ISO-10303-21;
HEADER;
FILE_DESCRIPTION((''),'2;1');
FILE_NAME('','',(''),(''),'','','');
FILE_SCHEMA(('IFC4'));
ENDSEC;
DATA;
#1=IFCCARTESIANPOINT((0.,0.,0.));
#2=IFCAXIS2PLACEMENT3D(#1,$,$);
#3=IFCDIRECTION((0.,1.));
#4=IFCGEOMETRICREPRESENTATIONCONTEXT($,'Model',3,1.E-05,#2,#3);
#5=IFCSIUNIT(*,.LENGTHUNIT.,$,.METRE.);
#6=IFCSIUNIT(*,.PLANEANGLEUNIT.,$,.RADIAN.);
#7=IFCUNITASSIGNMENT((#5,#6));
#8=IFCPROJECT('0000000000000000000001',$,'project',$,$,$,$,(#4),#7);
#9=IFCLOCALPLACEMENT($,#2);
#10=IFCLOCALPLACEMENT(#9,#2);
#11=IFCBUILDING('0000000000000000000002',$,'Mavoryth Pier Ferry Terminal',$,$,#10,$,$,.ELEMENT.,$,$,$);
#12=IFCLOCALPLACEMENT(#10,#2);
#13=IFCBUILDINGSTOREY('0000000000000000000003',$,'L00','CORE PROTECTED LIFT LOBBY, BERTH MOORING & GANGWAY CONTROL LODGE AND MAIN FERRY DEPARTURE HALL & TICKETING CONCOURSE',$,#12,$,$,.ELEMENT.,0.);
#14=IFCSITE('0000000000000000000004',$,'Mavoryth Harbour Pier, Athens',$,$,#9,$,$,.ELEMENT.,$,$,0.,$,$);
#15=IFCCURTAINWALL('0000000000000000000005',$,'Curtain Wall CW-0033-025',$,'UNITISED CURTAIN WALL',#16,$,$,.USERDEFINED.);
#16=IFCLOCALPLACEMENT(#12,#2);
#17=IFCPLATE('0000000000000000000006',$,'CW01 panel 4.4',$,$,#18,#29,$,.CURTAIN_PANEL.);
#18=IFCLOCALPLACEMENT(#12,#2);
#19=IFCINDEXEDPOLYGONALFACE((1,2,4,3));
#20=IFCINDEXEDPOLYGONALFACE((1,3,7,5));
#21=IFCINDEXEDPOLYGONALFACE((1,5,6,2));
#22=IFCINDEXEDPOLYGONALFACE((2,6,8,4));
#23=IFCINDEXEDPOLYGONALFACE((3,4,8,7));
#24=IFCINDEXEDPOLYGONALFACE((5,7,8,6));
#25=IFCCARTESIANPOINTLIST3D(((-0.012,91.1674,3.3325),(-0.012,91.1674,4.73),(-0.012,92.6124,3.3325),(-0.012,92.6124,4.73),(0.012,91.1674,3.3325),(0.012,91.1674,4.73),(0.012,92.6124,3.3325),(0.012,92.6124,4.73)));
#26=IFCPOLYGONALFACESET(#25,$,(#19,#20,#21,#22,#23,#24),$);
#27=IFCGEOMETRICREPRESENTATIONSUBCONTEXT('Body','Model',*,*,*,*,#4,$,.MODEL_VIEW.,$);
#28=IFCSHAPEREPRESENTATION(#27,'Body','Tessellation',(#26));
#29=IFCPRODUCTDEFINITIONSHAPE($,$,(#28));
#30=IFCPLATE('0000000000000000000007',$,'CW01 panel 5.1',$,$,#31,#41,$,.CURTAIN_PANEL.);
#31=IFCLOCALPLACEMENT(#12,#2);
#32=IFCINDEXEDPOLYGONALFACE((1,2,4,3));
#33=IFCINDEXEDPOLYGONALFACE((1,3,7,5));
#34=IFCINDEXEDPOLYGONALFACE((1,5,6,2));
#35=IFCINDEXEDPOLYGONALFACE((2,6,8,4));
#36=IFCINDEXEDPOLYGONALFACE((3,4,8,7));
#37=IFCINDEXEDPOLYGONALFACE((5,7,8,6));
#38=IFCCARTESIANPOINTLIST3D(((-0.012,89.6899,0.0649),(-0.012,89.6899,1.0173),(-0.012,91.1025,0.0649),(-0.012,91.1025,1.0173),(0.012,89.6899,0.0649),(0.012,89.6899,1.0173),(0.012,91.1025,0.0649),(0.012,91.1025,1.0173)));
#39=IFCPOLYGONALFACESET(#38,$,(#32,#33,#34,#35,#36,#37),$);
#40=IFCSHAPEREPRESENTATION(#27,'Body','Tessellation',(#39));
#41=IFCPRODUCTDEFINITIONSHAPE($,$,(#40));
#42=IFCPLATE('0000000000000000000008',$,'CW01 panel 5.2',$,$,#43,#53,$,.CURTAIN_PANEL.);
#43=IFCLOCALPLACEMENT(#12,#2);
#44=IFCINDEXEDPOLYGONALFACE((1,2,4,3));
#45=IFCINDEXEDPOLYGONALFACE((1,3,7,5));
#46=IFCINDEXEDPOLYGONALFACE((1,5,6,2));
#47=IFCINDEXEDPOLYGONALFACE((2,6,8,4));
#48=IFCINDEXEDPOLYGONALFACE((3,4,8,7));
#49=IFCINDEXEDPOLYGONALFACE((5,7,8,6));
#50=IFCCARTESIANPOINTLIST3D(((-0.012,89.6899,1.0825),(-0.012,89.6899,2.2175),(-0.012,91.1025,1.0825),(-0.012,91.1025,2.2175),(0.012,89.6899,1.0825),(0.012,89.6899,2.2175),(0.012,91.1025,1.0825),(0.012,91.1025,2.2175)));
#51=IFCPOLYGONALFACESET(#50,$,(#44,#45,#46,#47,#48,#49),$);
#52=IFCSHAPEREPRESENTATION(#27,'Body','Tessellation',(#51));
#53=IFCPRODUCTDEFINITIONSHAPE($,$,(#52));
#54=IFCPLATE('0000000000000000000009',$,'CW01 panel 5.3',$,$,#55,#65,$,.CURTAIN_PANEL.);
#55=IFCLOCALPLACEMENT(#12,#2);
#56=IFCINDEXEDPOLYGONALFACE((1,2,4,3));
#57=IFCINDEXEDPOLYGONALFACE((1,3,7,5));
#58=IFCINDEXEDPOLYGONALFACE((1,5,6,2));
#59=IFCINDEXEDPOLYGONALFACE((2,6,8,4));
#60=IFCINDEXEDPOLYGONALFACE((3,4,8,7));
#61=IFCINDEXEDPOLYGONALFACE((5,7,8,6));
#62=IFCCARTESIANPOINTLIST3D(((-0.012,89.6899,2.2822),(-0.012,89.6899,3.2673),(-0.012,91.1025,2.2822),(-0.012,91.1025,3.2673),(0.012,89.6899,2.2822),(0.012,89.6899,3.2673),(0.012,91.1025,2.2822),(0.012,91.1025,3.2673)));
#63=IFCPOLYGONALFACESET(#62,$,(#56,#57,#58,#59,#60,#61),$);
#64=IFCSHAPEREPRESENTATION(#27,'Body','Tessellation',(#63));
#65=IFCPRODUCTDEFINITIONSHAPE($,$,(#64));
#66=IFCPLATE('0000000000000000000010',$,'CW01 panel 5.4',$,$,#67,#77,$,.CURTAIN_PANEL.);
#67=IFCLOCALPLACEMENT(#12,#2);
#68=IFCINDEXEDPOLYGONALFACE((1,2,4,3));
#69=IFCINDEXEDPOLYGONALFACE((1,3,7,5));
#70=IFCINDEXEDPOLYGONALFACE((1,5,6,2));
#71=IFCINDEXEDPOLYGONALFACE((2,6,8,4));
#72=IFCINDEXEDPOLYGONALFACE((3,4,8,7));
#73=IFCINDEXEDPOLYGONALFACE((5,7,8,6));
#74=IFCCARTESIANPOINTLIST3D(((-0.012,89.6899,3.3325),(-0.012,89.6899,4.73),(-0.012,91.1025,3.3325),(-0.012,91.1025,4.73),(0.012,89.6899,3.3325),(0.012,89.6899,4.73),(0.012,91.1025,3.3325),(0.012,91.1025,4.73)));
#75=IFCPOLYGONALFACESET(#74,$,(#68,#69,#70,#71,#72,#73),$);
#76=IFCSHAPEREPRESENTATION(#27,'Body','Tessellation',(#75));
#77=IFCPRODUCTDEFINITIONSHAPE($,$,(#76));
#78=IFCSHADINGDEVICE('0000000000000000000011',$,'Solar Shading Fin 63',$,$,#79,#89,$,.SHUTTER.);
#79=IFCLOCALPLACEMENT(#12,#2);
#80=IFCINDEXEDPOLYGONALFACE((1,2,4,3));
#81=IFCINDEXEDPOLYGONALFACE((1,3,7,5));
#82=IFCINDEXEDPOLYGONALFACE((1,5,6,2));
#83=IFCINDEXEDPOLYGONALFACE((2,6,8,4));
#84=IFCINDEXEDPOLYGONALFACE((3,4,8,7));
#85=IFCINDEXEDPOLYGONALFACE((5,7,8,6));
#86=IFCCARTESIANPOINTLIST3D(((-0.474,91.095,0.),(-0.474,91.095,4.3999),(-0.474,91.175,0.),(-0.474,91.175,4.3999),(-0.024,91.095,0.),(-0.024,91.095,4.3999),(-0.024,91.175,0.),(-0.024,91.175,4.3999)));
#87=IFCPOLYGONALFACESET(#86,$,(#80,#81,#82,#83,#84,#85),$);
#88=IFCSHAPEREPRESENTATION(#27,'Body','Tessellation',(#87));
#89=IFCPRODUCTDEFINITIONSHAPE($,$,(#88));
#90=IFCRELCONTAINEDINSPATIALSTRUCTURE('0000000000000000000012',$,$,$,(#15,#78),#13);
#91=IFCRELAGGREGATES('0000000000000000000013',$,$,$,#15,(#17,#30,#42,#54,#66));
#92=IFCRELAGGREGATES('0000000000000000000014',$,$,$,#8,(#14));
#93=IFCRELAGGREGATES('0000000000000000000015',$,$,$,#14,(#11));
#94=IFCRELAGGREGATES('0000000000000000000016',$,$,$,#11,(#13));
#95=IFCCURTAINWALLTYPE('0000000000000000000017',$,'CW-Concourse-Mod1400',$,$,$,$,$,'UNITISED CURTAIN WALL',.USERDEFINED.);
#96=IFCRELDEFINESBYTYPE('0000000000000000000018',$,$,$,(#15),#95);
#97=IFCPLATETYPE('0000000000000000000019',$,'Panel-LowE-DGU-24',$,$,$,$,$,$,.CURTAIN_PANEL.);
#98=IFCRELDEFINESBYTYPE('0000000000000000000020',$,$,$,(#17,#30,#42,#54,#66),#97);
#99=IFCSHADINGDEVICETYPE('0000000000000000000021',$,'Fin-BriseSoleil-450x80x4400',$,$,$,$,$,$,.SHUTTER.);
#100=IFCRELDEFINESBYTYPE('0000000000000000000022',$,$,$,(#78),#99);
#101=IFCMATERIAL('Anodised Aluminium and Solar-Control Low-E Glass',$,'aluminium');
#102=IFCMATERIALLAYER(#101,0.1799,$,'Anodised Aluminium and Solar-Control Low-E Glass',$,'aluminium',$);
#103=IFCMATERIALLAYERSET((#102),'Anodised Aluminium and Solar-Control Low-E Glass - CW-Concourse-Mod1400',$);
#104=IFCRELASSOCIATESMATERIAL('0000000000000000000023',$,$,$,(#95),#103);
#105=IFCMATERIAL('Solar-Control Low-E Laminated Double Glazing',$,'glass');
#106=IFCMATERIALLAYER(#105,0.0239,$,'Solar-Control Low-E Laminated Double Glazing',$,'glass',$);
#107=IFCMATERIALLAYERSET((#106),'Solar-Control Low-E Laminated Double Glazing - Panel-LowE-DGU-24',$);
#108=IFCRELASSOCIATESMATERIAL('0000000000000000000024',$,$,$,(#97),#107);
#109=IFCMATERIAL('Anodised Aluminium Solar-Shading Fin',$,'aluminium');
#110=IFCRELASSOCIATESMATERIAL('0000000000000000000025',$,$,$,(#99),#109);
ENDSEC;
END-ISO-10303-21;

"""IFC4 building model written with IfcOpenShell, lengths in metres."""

from ifc_helpers import new_model, si_unit, direction, frame, origin, origin_2d, place, context, subcontext, project, spatial, rectangle, extrude, material, layer, layer_set, type_object, element, aggregate, save


model = new_model("IFC4")

# Units and contexts
model_context = context("Model", 3, precision=1e-05, world=origin(), true_north=direction((0.0, 1.0)))
body_context = subcontext(model_context, "Body", "Model", "MODEL_VIEW")
ifc_project = project(units=[si_unit("LENGTHUNIT", "METRE"), si_unit("PLANEANGLEUNIT", "RADIAN")], contexts=[model_context])

# Site, building, storey
site_placement = place(None, origin())
site = spatial("IfcSite", under=ifc_project, at=site_placement, Name="Mavoryth Harbour Pier, Athens", CompositionType="ELEMENT", RefElevation=0.0)
building_placement = place(site_placement, origin())
building = spatial("IfcBuilding", under=site, at=building_placement, Name="Mavoryth Pier Ferry Terminal", CompositionType="ELEMENT")
storey_placement = place(building_placement, origin())
storey = spatial("IfcBuildingStorey", under=building, at=storey_placement, Name="L00", Description="CORE PROTECTED LIFT LOBBY, BERTH MOORING & GANGWAY CONTROL LODGE AND MAIN FERRY DEPARTURE HALL & TICKETING CONCOURSE", CompositionType="ELEMENT", Elevation=0.0)

# Curtain wall, plates
ifc_material_1 = material(Name="Anodised Aluminium and Solar-Control Low-E Glass", Category="aluminium")
ifc_layer_1 = layer(ifc_material_1, 0.1799, Name="Anodised Aluminium and Solar-Control Low-E Glass", Category="aluminium")
ifc_layer_set_1 = layer_set([ifc_layer_1], Name="Anodised Aluminium and Solar-Control Low-E Glass - CW-Concourse-Mod1400")
curtain_wall_type = type_object("IfcCurtainWallType", Name="CW-Concourse-Mod1400", ElementType="UNITISED CURTAIN WALL", PredefinedType="USERDEFINED", material=ifc_layer_set_1)
curtain_wall_placement = place(storey_placement, origin())
curtain_wall = element("IfcCurtainWall", 1, at=curtain_wall_placement, inside=storey, type_object=curtain_wall_type, Name="Curtain Wall CW-0033-025", ObjectType="UNITISED CURTAIN WALL", PredefinedType="USERDEFINED")
ifc_material_2 = material(Name="Solar-Control Low-E Laminated Double Glazing", Category="glass")
ifc_layer_2 = layer(ifc_material_2, 0.0239, Name="Solar-Control Low-E Laminated Double Glazing", Category="glass")
ifc_layer_set_2 = layer_set([ifc_layer_2], Name="Solar-Control Low-E Laminated Double Glazing - Panel-LowE-DGU-24")
plate_type = type_object("IfcPlateType", Name="Panel-LowE-DGU-24", PredefinedType="CURTAIN_PANEL", material=ifc_layer_set_2)
plate_1_placement = place(storey_placement, frame((0.0, 91.8899, 3.3325), z_axis=(0.0, 0.0, 1.0), x_axis=(0.0, -1.0, 0.0)))
plate_1 = element("IfcPlate", 2, at=plate_1_placement, type_object=plate_type, Name="CW01 panel 4.4", PredefinedType="CURTAIN_PANEL", context=body_context, shape_type="SweptSolid", body=[
    extrude(rectangle(XDim=1.4451, YDim=0.0239, at=origin_2d()), origin(), (0.0, 0.0, 1.0), 1.3975),
])
plate_2_placement = place(storey_placement, frame((0.0, 90.3962, 0.0649), z_axis=(0.0, 0.0, 1.0), x_axis=(0.0, -1.0, 0.0)))
plate_2 = element("IfcPlate", 3, at=plate_2_placement, type_object=plate_type, Name="CW01 panel 5.1", PredefinedType="CURTAIN_PANEL", context=body_context, shape_type="SweptSolid", body=[
    extrude(rectangle(XDim=1.4126, YDim=0.0239, at=origin_2d()), origin(), (0.0, 0.0, 1.0), 0.9524),
])
plate_3_placement = place(storey_placement, frame((0.0, 90.3962, 1.0825), z_axis=(0.0, 0.0, 1.0), x_axis=(0.0, -1.0, 0.0)))
plate_3 = element("IfcPlate", 4, at=plate_3_placement, type_object=plate_type, Name="CW01 panel 5.2", PredefinedType="CURTAIN_PANEL", context=body_context, shape_type="SweptSolid", body=[
    extrude(rectangle(XDim=1.4126, YDim=0.0239, at=origin_2d()), origin(), (0.0, 0.0, 1.0), 1.135),
])
plate_4_placement = place(storey_placement, frame((0.0, 90.3962, 2.2822), z_axis=(0.0, 0.0, 1.0), x_axis=(0.0, -1.0, 0.0)))
plate_4 = element("IfcPlate", 5, at=plate_4_placement, type_object=plate_type, Name="CW01 panel 5.3", PredefinedType="CURTAIN_PANEL", context=body_context, shape_type="SweptSolid", body=[
    extrude(rectangle(XDim=1.4126, YDim=0.0239, at=origin_2d()), origin(), (0.0, 0.0, 1.0), 0.9851),
])
plate_5_placement = place(storey_placement, frame((0.0, 90.3962, 3.3325), z_axis=(0.0, 0.0, 1.0), x_axis=(0.0, -1.0, 0.0)))
plate_5 = element("IfcPlate", 6, at=plate_5_placement, type_object=plate_type, Name="CW01 panel 5.4", PredefinedType="CURTAIN_PANEL", context=body_context, shape_type="SweptSolid", body=[
    extrude(rectangle(XDim=1.4126, YDim=0.0239, at=origin_2d()), origin(), (0.0, 0.0, 1.0), 1.3975),
])
aggregate(curtain_wall, [plate_1, plate_2, plate_3, plate_4, plate_5])

# Shading device
ifc_material_3 = material(Name="Anodised Aluminium Solar-Shading Fin", Category="aluminium")
shading_device_type = type_object("IfcShadingDeviceType", Name="Fin-BriseSoleil-450x80x4400", PredefinedType="SHUTTER", material=ifc_material_3)
shading_device_placement = place(storey_placement, frame((-0.249, 91.135, 0.0), z_axis=(0.0, 0.0, 1.0), x_axis=(0.0, -1.0, 0.0)))
element("IfcShadingDevice", 7, at=shading_device_placement, inside=storey, type_object=shading_device_type, Name="Solar Shading Fin 63", PredefinedType="SHUTTER", context=body_context, shape_type="SweptSolid", body=[
    extrude(rectangle(XDim=0.0801, YDim=0.45, at=origin_2d()), origin(), (0.0, 0.0, 1.0), 4.3999),
])

save(model, "model.ifc")
